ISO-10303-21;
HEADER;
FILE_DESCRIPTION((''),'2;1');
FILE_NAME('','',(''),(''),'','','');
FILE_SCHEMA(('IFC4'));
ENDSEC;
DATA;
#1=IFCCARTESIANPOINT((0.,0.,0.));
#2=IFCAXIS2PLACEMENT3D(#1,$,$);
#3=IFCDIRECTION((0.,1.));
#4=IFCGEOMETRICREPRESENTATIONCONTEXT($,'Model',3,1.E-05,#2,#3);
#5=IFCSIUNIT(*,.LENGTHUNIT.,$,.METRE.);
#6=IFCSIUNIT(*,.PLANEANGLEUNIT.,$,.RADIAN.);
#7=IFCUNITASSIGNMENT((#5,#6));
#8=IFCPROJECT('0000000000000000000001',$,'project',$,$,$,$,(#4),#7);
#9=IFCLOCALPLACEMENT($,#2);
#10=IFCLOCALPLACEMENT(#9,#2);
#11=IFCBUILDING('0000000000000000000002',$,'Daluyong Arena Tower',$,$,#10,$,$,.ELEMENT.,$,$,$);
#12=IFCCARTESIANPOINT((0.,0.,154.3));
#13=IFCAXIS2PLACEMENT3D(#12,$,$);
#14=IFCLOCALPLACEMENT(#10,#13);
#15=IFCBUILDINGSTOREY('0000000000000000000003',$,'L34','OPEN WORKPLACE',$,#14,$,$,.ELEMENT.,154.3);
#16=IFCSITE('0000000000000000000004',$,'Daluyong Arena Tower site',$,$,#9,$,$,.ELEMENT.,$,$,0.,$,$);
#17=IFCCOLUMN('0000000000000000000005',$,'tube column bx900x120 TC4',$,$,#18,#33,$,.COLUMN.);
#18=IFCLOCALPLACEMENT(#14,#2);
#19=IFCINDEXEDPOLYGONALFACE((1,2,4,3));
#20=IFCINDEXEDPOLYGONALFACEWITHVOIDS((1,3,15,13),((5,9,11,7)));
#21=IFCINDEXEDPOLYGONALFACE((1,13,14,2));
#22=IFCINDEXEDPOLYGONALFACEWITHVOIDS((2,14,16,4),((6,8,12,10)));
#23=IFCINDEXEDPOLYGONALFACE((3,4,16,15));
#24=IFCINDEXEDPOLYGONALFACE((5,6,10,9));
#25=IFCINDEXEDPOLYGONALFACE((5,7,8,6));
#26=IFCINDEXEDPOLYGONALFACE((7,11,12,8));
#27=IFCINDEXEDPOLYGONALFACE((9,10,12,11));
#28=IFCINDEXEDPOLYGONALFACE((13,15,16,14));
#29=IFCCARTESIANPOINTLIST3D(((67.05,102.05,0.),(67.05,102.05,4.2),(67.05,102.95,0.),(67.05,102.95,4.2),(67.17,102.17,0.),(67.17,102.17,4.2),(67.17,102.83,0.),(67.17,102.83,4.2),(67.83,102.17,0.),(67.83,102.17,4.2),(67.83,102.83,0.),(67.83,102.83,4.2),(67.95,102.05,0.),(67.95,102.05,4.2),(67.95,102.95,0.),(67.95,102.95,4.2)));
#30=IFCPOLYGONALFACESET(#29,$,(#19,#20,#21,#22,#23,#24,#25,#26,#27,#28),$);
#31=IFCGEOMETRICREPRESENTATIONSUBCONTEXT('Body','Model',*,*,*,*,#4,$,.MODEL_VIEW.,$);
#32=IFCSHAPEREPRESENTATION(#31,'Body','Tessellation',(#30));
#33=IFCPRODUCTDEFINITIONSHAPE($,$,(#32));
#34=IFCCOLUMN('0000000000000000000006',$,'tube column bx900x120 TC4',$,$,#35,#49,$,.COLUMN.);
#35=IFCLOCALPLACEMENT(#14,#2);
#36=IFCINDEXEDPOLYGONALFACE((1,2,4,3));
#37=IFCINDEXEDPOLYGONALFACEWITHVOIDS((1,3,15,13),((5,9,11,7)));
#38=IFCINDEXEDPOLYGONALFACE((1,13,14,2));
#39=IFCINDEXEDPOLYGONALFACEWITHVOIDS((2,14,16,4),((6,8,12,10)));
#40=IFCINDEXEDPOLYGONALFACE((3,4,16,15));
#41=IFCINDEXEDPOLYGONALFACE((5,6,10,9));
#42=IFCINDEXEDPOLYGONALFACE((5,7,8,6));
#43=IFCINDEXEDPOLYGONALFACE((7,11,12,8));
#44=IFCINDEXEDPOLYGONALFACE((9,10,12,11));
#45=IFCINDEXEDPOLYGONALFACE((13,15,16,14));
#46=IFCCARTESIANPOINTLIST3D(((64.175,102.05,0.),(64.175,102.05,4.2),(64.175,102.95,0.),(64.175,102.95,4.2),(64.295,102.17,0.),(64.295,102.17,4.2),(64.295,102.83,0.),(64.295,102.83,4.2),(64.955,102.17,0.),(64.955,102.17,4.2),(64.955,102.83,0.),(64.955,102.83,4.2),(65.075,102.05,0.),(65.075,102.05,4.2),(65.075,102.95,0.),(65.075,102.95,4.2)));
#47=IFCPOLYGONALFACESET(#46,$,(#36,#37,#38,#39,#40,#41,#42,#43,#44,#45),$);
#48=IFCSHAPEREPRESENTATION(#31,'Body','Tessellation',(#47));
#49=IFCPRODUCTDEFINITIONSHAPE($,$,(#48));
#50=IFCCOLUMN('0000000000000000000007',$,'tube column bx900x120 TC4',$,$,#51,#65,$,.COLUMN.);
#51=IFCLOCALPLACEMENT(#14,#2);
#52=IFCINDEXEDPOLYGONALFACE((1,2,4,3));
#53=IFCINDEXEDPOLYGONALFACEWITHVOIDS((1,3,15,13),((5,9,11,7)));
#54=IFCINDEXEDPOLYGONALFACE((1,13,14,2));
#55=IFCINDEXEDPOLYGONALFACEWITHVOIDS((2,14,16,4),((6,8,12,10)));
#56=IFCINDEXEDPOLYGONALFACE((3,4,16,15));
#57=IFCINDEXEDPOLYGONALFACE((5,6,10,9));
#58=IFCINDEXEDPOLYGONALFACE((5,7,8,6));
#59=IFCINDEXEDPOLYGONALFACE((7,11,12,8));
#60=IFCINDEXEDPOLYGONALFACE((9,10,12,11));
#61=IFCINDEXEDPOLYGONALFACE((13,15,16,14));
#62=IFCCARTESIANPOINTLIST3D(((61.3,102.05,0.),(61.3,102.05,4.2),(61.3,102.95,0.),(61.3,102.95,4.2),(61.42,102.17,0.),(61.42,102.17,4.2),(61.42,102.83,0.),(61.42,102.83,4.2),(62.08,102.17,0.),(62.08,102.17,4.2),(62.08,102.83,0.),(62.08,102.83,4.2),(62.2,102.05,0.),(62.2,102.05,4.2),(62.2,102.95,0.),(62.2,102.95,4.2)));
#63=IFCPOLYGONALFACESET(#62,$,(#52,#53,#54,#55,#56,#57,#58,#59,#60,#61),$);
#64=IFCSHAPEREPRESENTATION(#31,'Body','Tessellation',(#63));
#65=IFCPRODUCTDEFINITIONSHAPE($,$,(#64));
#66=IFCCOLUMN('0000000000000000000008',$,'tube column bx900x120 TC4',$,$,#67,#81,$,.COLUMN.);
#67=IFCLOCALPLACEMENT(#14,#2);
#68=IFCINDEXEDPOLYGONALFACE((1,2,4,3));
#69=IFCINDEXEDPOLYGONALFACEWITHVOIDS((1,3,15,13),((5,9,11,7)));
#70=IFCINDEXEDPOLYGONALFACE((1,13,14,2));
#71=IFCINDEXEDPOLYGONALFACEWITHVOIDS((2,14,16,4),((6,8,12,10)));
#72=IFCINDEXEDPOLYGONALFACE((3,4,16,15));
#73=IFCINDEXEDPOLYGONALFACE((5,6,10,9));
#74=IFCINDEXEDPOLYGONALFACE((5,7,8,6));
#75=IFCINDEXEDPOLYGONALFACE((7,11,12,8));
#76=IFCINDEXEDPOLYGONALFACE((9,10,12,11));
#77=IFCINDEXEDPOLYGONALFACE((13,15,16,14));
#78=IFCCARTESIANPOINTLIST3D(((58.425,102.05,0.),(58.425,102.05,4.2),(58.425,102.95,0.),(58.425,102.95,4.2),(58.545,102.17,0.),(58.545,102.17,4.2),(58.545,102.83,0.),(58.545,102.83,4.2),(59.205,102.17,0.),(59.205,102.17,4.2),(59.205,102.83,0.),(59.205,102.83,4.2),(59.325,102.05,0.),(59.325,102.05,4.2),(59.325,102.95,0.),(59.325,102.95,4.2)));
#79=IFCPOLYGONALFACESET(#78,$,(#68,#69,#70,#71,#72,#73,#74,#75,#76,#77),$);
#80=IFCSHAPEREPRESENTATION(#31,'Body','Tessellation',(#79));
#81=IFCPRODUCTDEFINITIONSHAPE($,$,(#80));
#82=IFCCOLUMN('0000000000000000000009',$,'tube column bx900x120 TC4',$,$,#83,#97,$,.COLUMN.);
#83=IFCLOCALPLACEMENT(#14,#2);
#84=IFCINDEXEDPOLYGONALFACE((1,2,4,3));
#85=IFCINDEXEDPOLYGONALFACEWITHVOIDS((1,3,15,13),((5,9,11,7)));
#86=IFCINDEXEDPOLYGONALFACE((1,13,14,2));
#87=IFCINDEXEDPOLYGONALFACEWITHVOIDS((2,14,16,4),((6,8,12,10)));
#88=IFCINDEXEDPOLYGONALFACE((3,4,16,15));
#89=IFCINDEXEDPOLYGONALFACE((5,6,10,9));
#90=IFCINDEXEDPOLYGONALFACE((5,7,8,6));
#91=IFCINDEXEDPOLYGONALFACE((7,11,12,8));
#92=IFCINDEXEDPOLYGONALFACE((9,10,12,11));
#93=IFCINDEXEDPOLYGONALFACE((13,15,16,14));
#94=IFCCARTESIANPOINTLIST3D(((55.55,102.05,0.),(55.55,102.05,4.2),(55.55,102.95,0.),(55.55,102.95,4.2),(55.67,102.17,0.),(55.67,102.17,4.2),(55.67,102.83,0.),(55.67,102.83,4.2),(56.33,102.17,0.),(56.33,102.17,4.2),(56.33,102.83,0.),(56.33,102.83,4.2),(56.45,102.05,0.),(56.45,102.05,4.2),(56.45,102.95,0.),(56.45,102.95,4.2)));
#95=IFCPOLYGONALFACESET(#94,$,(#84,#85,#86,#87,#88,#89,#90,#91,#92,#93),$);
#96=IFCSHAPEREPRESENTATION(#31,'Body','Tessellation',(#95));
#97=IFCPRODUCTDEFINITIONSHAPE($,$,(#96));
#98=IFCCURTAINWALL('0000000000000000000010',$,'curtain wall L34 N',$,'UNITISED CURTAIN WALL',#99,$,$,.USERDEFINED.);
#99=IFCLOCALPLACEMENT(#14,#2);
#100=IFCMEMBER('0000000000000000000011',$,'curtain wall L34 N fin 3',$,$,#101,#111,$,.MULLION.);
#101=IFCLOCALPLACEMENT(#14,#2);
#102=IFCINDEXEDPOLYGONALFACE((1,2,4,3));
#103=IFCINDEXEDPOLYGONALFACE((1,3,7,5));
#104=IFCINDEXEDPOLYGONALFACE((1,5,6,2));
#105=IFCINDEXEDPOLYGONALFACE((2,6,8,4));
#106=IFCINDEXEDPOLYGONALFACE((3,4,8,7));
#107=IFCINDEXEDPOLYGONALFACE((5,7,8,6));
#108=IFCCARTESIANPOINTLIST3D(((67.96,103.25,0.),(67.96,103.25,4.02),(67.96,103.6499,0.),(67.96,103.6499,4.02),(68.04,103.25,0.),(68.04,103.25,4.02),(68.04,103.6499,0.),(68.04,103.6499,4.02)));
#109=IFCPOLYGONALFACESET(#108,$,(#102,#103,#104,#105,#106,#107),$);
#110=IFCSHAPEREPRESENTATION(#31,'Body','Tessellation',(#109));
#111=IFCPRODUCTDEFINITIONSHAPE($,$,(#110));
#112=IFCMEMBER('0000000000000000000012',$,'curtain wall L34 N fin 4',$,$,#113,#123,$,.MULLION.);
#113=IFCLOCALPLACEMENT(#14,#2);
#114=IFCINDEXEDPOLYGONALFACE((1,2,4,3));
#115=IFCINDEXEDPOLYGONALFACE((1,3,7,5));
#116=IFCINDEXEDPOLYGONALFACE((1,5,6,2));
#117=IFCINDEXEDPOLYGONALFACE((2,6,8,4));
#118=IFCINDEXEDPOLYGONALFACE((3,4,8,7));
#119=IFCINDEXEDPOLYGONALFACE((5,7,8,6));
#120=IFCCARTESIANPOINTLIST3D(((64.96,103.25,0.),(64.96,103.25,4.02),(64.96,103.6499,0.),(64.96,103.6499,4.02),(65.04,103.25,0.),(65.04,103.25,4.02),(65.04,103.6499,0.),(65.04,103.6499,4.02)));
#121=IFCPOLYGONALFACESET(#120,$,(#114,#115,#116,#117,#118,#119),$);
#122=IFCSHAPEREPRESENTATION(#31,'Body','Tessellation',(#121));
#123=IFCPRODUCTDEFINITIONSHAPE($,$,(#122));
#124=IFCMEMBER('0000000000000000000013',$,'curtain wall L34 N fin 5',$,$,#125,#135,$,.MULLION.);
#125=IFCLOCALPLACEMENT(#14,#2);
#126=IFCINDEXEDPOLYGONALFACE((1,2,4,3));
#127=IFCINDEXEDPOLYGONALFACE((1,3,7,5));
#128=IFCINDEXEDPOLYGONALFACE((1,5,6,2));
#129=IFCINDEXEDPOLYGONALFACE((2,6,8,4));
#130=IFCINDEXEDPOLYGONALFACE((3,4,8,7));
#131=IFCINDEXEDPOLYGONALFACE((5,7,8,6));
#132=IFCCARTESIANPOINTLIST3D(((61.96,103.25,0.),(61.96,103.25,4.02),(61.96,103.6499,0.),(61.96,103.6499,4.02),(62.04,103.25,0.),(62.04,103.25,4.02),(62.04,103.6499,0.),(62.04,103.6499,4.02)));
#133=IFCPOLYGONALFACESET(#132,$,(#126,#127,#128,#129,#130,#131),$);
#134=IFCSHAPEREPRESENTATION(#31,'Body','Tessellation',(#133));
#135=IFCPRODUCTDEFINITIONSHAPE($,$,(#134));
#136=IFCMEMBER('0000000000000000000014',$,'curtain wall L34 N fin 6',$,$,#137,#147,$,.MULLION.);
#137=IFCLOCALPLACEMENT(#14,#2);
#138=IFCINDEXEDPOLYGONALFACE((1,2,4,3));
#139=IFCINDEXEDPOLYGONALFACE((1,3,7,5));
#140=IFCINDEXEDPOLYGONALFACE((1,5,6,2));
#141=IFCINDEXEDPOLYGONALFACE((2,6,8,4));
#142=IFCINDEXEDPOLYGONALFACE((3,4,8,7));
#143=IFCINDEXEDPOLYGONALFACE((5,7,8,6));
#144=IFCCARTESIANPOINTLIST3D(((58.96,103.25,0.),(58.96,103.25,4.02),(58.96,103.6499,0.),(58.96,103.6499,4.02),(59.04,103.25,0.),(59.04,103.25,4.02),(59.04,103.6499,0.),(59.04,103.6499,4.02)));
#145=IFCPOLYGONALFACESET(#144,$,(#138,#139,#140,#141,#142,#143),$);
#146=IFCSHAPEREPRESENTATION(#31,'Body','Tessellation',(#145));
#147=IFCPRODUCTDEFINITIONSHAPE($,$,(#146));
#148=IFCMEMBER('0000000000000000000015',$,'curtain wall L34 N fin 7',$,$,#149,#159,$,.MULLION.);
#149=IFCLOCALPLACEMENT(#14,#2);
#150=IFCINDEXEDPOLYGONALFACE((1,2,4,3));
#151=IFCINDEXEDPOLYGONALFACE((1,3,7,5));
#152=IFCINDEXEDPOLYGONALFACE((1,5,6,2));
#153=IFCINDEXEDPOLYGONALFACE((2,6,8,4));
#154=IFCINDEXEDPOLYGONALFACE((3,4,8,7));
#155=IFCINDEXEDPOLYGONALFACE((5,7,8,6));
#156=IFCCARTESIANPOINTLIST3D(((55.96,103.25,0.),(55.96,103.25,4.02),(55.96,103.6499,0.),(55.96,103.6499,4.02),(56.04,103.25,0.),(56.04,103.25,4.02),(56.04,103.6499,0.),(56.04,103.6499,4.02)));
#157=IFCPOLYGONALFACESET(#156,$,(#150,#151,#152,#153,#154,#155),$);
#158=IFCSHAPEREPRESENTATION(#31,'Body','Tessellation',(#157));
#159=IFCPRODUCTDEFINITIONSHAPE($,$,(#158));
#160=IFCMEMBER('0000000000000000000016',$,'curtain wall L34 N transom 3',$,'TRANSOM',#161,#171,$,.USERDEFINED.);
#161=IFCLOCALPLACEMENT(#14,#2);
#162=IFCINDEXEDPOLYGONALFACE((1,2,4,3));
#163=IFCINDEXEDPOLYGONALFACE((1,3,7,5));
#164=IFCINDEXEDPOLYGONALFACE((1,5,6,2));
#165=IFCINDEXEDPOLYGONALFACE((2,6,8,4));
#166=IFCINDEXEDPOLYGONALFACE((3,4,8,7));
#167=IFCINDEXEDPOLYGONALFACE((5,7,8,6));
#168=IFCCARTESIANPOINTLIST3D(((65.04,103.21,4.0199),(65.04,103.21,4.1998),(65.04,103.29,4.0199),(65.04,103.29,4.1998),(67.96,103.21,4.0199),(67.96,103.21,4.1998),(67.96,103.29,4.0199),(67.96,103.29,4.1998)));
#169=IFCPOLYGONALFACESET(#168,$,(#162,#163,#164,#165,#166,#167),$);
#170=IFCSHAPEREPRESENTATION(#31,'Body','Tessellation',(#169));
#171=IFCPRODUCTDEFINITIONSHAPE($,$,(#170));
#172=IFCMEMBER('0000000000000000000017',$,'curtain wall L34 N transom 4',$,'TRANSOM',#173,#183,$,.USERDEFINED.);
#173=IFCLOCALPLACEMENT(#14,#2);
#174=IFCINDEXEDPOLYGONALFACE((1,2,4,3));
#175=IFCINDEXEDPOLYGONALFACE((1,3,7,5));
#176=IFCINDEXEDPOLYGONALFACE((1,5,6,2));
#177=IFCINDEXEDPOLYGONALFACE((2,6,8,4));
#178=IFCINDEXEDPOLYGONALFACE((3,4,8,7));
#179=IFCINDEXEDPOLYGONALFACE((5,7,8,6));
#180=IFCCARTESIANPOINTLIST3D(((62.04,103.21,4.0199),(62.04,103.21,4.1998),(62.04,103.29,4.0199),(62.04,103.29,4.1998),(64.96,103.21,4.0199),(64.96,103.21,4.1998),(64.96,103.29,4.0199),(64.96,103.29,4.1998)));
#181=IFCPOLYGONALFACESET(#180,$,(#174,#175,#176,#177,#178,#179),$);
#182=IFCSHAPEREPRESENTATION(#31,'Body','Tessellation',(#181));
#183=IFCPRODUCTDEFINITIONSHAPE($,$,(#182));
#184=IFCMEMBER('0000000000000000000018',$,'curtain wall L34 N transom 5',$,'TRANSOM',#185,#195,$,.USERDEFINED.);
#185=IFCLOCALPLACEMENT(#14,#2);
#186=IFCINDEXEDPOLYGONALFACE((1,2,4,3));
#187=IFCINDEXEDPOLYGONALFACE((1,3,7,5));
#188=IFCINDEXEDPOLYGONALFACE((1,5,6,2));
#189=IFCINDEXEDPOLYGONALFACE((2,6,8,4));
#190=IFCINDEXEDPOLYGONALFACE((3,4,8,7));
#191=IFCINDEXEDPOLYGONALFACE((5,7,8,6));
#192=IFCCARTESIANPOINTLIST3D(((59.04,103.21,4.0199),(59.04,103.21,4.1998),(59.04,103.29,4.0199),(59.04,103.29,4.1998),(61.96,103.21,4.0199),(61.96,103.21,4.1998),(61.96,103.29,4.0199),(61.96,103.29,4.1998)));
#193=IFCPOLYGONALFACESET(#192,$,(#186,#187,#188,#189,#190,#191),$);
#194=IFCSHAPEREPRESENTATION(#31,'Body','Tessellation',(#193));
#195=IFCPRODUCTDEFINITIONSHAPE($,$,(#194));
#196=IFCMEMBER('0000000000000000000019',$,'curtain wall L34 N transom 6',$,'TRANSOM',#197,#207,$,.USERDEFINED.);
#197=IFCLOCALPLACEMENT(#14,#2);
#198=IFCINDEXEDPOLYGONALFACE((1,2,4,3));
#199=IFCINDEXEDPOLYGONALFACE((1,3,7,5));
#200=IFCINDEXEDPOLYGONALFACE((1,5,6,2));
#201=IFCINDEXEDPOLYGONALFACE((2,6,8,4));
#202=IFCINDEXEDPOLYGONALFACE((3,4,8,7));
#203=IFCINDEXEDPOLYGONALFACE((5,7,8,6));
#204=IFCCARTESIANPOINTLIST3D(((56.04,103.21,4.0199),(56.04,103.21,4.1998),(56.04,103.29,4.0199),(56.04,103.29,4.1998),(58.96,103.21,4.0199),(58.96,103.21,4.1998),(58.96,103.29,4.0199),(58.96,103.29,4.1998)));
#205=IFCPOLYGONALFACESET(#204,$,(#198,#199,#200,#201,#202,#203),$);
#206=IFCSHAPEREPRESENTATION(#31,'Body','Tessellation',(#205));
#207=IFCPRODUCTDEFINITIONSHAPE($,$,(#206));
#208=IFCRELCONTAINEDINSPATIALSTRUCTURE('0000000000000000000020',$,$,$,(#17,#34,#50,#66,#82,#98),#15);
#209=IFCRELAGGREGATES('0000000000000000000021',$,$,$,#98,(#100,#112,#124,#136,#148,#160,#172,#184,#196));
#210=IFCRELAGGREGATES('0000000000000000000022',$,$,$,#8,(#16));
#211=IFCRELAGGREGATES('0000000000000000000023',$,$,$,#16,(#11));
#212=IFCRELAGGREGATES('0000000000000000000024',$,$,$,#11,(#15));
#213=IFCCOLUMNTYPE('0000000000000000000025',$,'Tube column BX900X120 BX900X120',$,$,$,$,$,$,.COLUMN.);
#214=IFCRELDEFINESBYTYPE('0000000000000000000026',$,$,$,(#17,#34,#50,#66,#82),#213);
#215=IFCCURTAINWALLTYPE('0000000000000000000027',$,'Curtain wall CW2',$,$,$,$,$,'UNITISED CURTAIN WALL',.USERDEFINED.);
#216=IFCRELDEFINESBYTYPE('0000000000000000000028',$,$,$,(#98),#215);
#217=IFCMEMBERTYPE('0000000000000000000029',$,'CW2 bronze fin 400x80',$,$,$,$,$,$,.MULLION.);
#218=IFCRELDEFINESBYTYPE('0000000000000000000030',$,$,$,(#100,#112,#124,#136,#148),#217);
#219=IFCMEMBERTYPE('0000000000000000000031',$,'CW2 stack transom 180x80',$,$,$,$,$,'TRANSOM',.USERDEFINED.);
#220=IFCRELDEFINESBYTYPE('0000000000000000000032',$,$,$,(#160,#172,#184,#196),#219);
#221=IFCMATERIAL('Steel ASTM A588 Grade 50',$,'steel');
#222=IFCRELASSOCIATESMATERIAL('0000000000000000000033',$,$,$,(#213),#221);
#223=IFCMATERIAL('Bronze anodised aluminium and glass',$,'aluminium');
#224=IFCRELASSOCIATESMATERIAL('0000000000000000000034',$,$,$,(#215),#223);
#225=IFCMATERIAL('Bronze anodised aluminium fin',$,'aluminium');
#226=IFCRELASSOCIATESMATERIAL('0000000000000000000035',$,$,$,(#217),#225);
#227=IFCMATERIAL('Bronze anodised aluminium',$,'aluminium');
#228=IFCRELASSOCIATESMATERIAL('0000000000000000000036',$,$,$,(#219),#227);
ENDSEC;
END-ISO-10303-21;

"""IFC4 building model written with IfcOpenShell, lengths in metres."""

from ifc_helpers import new_model, si_unit, direction, frame, origin, origin_2d, place, context, subcontext, project, spatial, rectangle, hollow_rectangle, extrude, material, material_profile, profile_set, type_object, element, aggregate, save


model = new_model("IFC4")

# Units and contexts
model_context = context("Model", 3, precision=1e-05, world=origin(), true_north=direction((0.0, 1.0)))
body_context = subcontext(model_context, "Body", "Model", "MODEL_VIEW")
ifc_project = project(units=[si_unit("LENGTHUNIT", "METRE"), si_unit("PLANEANGLEUNIT", "RADIAN")], contexts=[model_context])

# Site, building, storey
site_placement = place(None, origin())
site = spatial("IfcSite", under=ifc_project, at=site_placement, Name="Daluyong Arena Tower site", CompositionType="ELEMENT", RefElevation=0.0)
building_placement = place(site_placement, origin())
building = spatial("IfcBuilding", under=site, at=building_placement, Name="Daluyong Arena Tower", CompositionType="ELEMENT")
storey_placement = place(building_placement, frame((0.0, 0.0, 154.3)))
storey = spatial("IfcBuildingStorey", under=building, at=storey_placement, Name="L34", Description="OPEN WORKPLACE", CompositionType="ELEMENT", Elevation=154.3)

# Columns
ifc_material_1 = material(Name="Steel ASTM A588 Grade 50", Category="steel")
ifc_material_profile_1 = material_profile(ifc_material_1, hollow_rectangle(XDim=0.8999, YDim=0.8999, WallThickness=0.12, at=origin_2d()))
ifc_profile_set_1 = profile_set([ifc_material_profile_1], Name="Steel ASTM A588 Grade 50")
column_type = type_object("IfcColumnType", Name="Tube column BX900X120 BX900X120", PredefinedType="COLUMN", material=ifc_profile_set_1)
for number, where, z_axis, x_axis, name in (
    (1, (67.5, 102.5, 0.0), (0.0, 0.0, 1.0), (1.0, 0.0, 0.0), "tube column bx900x120 TC4"),
    (2, (64.625, 102.5, 0.0), (0.0, 0.0, 1.0), (1.0, 0.0, 0.0), "tube column bx900x120 TC4"),
    (3, (61.75, 102.5, 0.0), (0.0, 0.0, 1.0), (1.0, 0.0, 0.0), "tube column bx900x120 TC4"),
    (4, (58.875, 102.5, 0.0), (0.0, 0.0, 1.0), (1.0, 0.0, 0.0), "tube column bx900x120 TC4"),
    (5, (56.0, 102.5, 0.0), (0.0, 0.0, 1.0), (1.0, 0.0, 0.0), "tube column bx900x120 TC4"),
):
    element("IfcColumn", number, at=place(storey_placement, frame(where, z_axis=z_axis, x_axis=x_axis)), inside=storey, type_object=column_type, Name=name, PredefinedType="COLUMN", context=body_context, shape_type="SweptSolid", body=[
        extrude(hollow_rectangle(XDim=0.8999, YDim=0.8999, WallThickness=0.12, at=origin_2d()), origin(), (0.0, 0.0, 1.0), 4.2),
    ])

# Curtain wall, members
ifc_material_2 = material(Name="Bronze anodised aluminium and glass", Category="aluminium")
curtain_wall_type = type_object("IfcCurtainWallType", Name="Curtain wall CW2", ElementType="UNITISED CURTAIN WALL", PredefinedType="USERDEFINED", material=ifc_material_2)
curtain_wall_placement = place(storey_placement, origin())
curtain_wall = element("IfcCurtainWall", 6, at=curtain_wall_placement, inside=storey, type_object=curtain_wall_type, Name="curtain wall L34 N", ObjectType="UNITISED CURTAIN WALL", PredefinedType="USERDEFINED")
ifc_material_3 = material(Name="Bronze anodised aluminium fin", Category="aluminium")
ifc_material_profile_2 = material_profile(ifc_material_3, rectangle(XDim=0.3999, YDim=0.0801, at=origin_2d()))
ifc_profile_set_2 = profile_set([ifc_material_profile_2], Name="Bronze anodised aluminium fin")
member_type_1 = type_object("IfcMemberType", Name="CW2 bronze fin 400x80", PredefinedType="MULLION", material=ifc_profile_set_2)
member_1_placement = place(storey_placement, frame((68.0, 103.45, 0.0), z_axis=(0.0, 0.0, 1.0), x_axis=(0.0, -1.0, 0.0)))
member_1 = element("IfcMember", 7, at=member_1_placement, type_object=member_type_1, Name="curtain wall L34 N fin 3", PredefinedType="MULLION", context=body_context, shape_type="SweptSolid", body=[
    extrude(rectangle(XDim=0.3999, YDim=0.0801, at=origin_2d()), origin(), (0.0, 0.0, 1.0), 4.02),
])
member_2_placement = place(storey_placement, frame((65.0, 103.45, 0.0), z_axis=(0.0, 0.0, 1.0), x_axis=(0.0, -1.0, 0.0)))
member_2 = element("IfcMember", 8, at=member_2_placement, type_object=member_type_1, Name="curtain wall L34 N fin 4", PredefinedType="MULLION", context=body_context, shape_type="SweptSolid", body=[
    extrude(rectangle(XDim=0.3999, YDim=0.0801, at=origin_2d()), origin(), (0.0, 0.0, 1.0), 4.02),
])
member_3_placement = place(storey_placement, frame((62.0, 103.45, 0.0), z_axis=(0.0, 0.0, 1.0), x_axis=(0.0, -1.0, 0.0)))
member_3 = element("IfcMember", 9, at=member_3_placement, type_object=member_type_1, Name="curtain wall L34 N fin 5", PredefinedType="MULLION", context=body_context, shape_type="SweptSolid", body=[
    extrude(rectangle(XDim=0.3999, YDim=0.0801, at=origin_2d()), origin(), (0.0, 0.0, 1.0), 4.02),
])
member_4_placement = place(storey_placement, frame((59.0, 103.45, 0.0), z_axis=(0.0, 0.0, 1.0), x_axis=(0.0, -1.0, 0.0)))
member_4 = element("IfcMember", 10, at=member_4_placement, type_object=member_type_1, Name="curtain wall L34 N fin 6", PredefinedType="MULLION", context=body_context, shape_type="SweptSolid", body=[
    extrude(rectangle(XDim=0.3999, YDim=0.0801, at=origin_2d()), origin(), (0.0, 0.0, 1.0), 4.02),
])
member_5_placement = place(storey_placement, frame((56.0, 103.45, 0.0), z_axis=(0.0, 0.0, 1.0), x_axis=(0.0, -1.0, 0.0)))
member_5 = element("IfcMember", 11, at=member_5_placement, type_object=member_type_1, Name="curtain wall L34 N fin 7", PredefinedType="MULLION", context=body_context, shape_type="SweptSolid", body=[
    extrude(rectangle(XDim=0.3999, YDim=0.0801, at=origin_2d()), origin(), (0.0, 0.0, 1.0), 4.02),
])
ifc_material_4 = material(Name="Bronze anodised aluminium", Category="aluminium")
ifc_material_profile_3 = material_profile(ifc_material_4, rectangle(XDim=0.0801, YDim=0.1799, at=origin_2d()))
ifc_profile_set_3 = profile_set([ifc_material_profile_3], Name="Bronze anodised aluminium")
member_type_2 = type_object("IfcMemberType", Name="CW2 stack transom 180x80", ElementType="TRANSOM", PredefinedType="USERDEFINED", material=ifc_profile_set_3)
member_6_placement = place(storey_placement, frame((67.96, 103.25, 4.1099), z_axis=(-1.0, 0.0, 0.0), x_axis=(0.0, -1.0, 0.0)))
member_6 = element("IfcMember", 12, at=member_6_placement, type_object=member_type_2, Name="curtain wall L34 N transom 3", ObjectType="TRANSOM", PredefinedType="USERDEFINED", context=body_context, shape_type="SweptSolid", body=[
    extrude(rectangle(XDim=0.0801, YDim=0.1799, at=origin_2d()), origin(), (0.0, 0.0, 1.0), 2.9199),
])
member_7_placement = place(storey_placement, frame((64.96, 103.25, 4.1099), z_axis=(-1.0, 0.0, 0.0), x_axis=(0.0, -1.0, 0.0)))
member_7 = element("IfcMember", 13, at=member_7_placement, type_object=member_type_2, Name="curtain wall L34 N transom 4", ObjectType="TRANSOM", PredefinedType="USERDEFINED", context=body_context, shape_type="SweptSolid", body=[
    extrude(rectangle(XDim=0.0801, YDim=0.1799, at=origin_2d()), origin(), (0.0, 0.0, 1.0), 2.9199),
])
member_8_placement = place(storey_placement, frame((61.96, 103.25, 4.1099), z_axis=(-1.0, 0.0, 0.0), x_axis=(0.0, -1.0, 0.0)))
member_8 = element("IfcMember", 14, at=member_8_placement, type_object=member_type_2, Name="curtain wall L34 N transom 5", ObjectType="TRANSOM", PredefinedType="USERDEFINED", context=body_context, shape_type="SweptSolid", body=[
    extrude(rectangle(XDim=0.0801, YDim=0.1799, at=origin_2d()), origin(), (0.0, 0.0, 1.0), 2.9199),
])
member_9_placement = place(storey_placement, frame((58.96, 103.25, 4.1099), z_axis=(-1.0, 0.0, 0.0), x_axis=(0.0, -1.0, 0.0)))
member_9 = element("IfcMember", 15, at=member_9_placement, type_object=member_type_2, Name="curtain wall L34 N transom 6", ObjectType="TRANSOM", PredefinedType="USERDEFINED", context=body_context, shape_type="SweptSolid", body=[
    extrude(rectangle(XDim=0.0801, YDim=0.1799, at=origin_2d()), origin(), (0.0, 0.0, 1.0), 2.9199),
])

aggregate(curtain_wall, [member_1, member_2, member_3, member_4, member_5, member_6, member_7, member_8, member_9])

save(model, "model.ifc")
